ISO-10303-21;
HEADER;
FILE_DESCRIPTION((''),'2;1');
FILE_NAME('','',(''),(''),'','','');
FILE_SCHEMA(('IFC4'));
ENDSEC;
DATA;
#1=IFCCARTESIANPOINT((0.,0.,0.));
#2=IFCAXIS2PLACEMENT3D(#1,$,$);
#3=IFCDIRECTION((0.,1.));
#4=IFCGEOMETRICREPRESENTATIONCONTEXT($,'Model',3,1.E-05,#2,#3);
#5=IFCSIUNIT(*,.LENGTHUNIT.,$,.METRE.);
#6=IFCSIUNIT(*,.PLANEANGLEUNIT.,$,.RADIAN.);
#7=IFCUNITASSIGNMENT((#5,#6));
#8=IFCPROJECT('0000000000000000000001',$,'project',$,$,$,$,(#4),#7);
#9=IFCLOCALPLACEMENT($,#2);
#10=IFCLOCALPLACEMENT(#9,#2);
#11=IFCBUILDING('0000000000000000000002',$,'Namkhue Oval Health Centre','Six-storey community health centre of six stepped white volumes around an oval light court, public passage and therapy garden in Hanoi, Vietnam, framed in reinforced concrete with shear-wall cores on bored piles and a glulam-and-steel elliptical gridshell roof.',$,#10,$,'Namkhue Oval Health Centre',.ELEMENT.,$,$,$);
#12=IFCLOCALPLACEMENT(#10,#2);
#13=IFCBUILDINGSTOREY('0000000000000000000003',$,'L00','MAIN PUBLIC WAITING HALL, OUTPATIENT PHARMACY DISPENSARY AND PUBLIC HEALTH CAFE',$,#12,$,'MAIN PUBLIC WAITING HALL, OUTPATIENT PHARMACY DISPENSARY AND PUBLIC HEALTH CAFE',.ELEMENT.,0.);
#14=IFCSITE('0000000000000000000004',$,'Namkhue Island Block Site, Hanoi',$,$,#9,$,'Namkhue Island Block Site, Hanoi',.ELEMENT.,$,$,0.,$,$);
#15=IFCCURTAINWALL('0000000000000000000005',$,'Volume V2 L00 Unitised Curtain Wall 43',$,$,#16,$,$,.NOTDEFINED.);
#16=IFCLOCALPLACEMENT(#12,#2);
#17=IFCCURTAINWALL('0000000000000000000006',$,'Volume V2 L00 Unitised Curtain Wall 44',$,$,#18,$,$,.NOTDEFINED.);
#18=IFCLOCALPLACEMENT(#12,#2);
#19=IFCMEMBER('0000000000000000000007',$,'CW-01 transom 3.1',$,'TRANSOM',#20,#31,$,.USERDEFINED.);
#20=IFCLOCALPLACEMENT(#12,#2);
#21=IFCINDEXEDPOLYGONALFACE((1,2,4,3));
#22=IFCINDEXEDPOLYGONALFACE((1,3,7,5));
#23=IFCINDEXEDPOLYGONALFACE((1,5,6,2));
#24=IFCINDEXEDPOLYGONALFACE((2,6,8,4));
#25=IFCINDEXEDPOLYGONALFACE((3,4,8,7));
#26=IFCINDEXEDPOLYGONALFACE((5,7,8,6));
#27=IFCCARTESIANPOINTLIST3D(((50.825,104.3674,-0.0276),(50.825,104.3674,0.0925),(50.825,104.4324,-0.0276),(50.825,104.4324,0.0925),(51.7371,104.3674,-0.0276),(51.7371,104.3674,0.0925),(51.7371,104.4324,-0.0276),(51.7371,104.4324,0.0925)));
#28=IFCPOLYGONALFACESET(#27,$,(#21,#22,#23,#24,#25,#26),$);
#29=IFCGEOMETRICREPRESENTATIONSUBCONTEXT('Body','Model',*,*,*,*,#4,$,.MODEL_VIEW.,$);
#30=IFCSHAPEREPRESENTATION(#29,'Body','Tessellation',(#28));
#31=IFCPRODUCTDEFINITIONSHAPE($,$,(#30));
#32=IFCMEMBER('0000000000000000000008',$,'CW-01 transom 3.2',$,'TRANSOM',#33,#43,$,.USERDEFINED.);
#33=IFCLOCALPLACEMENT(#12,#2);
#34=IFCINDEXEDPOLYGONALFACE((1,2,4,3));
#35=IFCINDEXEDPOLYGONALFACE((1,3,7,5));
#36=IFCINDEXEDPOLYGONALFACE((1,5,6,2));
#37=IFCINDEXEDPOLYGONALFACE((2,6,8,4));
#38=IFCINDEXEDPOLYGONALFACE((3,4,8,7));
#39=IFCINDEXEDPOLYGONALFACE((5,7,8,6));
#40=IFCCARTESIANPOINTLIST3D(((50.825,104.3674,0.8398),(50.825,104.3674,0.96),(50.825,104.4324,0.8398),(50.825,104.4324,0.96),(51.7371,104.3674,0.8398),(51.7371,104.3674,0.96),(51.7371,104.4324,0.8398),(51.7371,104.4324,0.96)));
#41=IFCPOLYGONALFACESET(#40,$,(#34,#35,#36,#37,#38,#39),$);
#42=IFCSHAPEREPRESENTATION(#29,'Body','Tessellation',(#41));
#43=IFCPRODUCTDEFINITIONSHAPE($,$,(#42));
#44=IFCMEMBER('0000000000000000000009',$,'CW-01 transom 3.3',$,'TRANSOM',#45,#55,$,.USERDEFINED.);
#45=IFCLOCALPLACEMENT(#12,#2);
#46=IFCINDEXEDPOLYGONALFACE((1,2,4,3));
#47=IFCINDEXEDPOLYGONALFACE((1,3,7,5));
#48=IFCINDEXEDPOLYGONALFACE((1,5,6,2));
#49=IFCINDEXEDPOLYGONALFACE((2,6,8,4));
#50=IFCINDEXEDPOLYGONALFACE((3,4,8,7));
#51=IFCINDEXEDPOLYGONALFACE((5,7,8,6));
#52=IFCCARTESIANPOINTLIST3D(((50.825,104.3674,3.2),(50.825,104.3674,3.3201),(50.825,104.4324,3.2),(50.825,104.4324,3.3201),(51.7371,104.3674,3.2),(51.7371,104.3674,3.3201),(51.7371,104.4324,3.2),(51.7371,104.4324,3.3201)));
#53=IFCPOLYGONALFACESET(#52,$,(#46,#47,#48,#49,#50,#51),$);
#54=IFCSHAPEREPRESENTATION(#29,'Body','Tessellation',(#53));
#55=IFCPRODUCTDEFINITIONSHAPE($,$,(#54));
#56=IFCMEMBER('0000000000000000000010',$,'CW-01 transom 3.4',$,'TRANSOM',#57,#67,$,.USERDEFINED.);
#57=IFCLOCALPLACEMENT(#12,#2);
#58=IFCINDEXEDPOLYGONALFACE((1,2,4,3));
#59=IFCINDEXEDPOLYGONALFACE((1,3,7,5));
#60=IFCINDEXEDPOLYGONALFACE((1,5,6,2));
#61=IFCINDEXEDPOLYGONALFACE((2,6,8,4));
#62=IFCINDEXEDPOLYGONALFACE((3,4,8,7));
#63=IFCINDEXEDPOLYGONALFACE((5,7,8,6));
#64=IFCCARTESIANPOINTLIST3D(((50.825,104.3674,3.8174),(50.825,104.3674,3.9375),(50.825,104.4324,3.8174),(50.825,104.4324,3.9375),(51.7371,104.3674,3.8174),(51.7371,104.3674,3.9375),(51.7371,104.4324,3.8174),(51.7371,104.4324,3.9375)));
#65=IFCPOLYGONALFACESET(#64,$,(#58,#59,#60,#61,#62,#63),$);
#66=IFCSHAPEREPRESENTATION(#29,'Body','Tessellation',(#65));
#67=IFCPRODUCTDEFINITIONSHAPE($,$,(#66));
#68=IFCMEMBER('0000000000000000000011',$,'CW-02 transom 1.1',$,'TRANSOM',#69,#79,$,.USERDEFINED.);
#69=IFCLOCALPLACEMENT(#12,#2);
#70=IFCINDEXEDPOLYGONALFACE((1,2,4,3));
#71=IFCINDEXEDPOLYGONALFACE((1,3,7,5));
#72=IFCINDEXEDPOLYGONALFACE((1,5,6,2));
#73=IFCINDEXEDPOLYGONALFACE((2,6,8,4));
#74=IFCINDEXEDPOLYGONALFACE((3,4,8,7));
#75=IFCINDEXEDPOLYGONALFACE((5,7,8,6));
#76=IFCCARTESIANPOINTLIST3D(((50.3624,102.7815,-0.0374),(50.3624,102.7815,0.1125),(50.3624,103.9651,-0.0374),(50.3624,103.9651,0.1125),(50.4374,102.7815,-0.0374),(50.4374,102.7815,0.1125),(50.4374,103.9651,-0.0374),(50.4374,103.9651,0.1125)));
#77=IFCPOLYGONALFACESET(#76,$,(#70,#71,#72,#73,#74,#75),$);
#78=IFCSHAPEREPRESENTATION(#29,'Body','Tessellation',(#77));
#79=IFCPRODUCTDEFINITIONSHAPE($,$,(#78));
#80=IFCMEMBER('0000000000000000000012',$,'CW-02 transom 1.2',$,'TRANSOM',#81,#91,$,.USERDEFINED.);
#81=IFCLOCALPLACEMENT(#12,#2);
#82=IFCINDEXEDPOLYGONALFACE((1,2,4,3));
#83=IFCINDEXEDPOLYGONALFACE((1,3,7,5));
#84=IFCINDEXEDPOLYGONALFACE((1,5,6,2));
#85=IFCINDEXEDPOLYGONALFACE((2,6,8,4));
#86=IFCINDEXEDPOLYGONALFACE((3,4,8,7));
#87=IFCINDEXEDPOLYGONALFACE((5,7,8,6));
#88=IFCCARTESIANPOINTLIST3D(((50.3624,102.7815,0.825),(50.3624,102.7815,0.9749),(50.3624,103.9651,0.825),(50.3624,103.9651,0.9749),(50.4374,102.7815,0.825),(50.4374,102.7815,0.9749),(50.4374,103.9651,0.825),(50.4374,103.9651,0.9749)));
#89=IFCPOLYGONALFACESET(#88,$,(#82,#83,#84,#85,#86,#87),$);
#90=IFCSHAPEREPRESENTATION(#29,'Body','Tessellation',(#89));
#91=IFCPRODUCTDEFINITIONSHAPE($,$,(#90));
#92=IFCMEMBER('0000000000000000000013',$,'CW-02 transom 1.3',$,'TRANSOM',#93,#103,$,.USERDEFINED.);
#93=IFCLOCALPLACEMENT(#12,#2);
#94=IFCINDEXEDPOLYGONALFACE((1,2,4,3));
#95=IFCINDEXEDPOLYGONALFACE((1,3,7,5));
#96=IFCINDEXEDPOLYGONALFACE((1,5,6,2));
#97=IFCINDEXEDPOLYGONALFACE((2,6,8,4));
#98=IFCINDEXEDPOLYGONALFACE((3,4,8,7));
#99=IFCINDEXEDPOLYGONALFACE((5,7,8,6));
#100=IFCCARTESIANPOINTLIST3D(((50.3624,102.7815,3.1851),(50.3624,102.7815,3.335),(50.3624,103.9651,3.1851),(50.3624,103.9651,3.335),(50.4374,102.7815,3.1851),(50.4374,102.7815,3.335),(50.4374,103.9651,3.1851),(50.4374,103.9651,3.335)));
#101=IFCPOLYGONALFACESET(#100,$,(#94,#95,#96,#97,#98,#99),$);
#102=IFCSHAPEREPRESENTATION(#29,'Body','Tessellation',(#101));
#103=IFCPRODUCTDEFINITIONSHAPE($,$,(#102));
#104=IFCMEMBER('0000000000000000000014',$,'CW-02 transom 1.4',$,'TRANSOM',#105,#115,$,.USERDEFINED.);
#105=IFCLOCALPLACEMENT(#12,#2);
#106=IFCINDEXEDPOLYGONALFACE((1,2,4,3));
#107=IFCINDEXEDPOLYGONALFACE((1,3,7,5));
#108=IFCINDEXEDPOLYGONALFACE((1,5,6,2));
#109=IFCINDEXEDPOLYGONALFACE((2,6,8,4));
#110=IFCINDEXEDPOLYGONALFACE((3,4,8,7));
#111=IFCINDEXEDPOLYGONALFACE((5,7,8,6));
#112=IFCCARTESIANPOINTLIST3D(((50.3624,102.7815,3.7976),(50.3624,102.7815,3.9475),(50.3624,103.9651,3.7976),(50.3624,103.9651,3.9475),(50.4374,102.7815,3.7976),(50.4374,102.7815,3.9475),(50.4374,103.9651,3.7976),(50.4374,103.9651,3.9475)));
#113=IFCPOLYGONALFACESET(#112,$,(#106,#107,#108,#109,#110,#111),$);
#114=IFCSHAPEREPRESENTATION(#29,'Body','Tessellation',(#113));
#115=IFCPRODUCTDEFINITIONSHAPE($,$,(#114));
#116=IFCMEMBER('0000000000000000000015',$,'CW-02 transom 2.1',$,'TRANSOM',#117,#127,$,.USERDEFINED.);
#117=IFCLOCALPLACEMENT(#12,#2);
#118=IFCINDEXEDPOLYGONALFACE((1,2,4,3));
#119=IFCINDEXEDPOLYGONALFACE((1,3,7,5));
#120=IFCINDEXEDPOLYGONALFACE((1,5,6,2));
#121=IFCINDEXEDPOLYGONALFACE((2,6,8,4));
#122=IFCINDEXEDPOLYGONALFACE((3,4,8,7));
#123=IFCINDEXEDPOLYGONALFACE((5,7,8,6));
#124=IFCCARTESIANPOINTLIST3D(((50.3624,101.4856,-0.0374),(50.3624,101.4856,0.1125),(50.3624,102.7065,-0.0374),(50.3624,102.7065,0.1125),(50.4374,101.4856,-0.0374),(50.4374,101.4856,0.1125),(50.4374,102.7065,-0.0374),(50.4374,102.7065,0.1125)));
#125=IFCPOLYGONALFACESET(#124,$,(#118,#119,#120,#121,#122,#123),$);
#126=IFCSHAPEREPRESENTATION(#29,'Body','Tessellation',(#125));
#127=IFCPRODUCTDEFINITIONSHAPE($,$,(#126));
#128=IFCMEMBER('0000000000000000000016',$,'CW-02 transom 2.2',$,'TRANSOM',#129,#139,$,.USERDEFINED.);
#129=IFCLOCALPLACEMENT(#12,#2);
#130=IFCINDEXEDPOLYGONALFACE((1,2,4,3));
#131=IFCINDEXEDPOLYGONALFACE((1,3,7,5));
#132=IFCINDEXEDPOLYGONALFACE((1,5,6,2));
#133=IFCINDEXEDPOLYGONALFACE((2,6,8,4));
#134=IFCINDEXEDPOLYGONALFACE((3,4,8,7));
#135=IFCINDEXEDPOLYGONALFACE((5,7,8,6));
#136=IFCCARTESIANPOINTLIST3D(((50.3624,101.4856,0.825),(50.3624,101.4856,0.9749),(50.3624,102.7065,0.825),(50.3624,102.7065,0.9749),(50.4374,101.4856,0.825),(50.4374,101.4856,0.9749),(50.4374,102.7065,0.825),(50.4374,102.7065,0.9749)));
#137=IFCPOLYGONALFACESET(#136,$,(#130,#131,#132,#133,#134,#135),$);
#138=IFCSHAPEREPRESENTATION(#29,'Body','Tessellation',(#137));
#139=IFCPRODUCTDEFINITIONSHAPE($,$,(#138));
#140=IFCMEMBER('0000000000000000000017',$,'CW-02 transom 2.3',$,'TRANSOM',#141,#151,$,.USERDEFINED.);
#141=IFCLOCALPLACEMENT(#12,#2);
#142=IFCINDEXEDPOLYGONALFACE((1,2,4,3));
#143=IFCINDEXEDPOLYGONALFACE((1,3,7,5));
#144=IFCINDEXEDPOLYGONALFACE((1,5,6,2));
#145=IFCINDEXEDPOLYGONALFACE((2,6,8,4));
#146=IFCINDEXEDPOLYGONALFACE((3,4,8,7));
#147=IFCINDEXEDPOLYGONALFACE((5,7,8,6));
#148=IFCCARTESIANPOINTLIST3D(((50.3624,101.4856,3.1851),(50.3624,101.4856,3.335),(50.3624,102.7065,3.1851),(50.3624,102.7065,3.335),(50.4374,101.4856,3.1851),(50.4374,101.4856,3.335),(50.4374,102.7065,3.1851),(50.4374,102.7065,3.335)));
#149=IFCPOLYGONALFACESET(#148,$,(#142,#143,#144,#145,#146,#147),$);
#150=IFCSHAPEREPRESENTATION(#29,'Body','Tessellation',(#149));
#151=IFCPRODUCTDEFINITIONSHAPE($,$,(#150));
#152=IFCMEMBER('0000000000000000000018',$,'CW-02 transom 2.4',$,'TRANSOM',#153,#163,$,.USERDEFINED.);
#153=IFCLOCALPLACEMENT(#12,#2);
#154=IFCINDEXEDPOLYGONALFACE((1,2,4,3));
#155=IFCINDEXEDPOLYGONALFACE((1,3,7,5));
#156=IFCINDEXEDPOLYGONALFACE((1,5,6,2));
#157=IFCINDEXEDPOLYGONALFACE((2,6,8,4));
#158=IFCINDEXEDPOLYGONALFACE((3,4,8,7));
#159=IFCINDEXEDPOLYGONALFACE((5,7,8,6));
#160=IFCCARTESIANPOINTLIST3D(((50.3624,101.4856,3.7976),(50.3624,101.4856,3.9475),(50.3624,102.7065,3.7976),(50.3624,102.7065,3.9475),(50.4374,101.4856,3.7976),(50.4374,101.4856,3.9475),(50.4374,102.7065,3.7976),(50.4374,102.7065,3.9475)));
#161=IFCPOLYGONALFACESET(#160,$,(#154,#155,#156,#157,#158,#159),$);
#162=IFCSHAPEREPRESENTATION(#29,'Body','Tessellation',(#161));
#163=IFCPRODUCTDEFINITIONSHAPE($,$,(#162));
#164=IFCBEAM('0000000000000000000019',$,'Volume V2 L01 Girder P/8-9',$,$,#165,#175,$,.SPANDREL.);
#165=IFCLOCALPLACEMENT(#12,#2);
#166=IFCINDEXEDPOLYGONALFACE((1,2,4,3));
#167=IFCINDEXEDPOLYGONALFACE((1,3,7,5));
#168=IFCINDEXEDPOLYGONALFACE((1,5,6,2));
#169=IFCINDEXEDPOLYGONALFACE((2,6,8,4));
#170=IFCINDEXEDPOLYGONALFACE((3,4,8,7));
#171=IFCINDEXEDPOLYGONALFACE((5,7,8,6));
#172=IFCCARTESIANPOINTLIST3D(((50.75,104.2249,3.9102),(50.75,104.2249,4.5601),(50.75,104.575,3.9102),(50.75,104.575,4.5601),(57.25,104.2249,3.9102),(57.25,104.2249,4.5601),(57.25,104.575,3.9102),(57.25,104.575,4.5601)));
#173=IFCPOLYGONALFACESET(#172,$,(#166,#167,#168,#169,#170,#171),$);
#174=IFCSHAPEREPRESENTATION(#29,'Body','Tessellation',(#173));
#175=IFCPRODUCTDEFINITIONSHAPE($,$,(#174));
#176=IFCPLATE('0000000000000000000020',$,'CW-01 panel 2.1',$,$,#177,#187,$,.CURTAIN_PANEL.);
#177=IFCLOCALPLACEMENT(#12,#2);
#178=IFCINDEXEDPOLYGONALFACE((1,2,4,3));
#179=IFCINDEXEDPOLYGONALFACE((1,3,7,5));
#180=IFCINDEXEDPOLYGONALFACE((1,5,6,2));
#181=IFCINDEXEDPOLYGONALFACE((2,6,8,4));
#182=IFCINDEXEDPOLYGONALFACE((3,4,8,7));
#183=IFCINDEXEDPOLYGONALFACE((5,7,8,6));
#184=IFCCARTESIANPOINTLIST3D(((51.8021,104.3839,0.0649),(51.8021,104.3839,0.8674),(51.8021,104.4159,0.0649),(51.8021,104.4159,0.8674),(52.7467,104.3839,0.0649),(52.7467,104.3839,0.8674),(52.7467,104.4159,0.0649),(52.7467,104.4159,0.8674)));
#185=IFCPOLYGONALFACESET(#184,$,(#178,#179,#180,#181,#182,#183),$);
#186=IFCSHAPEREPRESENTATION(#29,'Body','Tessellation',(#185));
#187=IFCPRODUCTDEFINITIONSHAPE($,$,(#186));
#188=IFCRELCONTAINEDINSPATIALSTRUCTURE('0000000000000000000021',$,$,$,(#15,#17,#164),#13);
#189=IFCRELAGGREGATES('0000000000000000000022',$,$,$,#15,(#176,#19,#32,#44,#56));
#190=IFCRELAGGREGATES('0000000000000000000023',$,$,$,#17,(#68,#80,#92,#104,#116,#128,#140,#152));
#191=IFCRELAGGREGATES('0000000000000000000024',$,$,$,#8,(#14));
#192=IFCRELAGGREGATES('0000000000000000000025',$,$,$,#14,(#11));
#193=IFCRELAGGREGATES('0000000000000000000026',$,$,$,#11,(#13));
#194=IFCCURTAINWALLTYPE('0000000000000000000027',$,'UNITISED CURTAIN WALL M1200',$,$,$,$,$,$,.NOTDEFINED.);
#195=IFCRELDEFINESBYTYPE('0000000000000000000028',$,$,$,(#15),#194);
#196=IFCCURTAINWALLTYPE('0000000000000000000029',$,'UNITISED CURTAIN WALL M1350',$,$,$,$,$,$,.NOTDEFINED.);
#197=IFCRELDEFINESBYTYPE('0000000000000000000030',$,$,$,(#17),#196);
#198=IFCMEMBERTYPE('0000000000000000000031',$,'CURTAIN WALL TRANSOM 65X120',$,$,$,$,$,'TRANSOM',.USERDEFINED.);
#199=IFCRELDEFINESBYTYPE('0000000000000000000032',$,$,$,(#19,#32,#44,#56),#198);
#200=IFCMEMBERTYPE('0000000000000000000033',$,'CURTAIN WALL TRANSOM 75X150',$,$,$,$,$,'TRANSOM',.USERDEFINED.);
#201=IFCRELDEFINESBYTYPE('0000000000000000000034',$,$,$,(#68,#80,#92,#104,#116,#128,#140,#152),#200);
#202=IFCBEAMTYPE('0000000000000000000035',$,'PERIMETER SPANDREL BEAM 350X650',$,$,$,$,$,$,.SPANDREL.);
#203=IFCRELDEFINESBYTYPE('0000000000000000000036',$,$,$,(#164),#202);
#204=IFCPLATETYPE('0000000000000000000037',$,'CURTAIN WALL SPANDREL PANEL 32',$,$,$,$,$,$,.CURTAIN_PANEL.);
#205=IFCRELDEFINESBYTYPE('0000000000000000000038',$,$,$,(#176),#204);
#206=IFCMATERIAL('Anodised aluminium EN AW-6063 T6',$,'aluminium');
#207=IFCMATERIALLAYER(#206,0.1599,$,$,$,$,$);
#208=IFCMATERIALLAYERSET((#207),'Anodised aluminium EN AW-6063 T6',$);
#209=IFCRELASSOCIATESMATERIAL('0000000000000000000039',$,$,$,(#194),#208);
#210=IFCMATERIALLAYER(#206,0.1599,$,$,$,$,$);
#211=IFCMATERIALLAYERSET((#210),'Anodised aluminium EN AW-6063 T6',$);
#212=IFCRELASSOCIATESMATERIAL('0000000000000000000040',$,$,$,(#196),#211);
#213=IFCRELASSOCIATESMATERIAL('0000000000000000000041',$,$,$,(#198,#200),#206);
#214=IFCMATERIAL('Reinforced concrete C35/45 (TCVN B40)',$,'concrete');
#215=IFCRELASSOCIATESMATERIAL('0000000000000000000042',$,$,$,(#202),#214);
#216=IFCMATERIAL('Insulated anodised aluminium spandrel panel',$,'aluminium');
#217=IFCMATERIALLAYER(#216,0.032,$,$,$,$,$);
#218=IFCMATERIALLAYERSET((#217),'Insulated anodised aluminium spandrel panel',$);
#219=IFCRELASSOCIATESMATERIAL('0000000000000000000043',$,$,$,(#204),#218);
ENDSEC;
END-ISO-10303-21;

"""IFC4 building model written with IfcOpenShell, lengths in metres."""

from ifc_helpers import new_model, si_unit, direction, frame, origin, origin_2d, place, context, subcontext, project, spatial, rectangle, extrude, material, layer, layer_set, material_profile, profile_set, type_object, element, aggregate, save


model = new_model("IFC4")

# Units and contexts
model_context = context("Model", 3, precision=1e-05, world=origin(), true_north=direction((0.0, 1.0)))
body_context = subcontext(model_context, "Body", "Model", "MODEL_VIEW")
ifc_project = project(units=[si_unit("LENGTHUNIT", "METRE"), si_unit("PLANEANGLEUNIT", "RADIAN")], contexts=[model_context])

# Site, building, storey
site_placement = place(None, origin())
site = spatial("IfcSite", under=ifc_project, at=site_placement, Name="Namkhue Island Block Site, Hanoi", LongName="Namkhue Island Block Site, Hanoi", CompositionType="ELEMENT", RefElevation=0.0)
building_placement = place(site_placement, origin())
building = spatial("IfcBuilding", under=site, at=building_placement, Name="Namkhue Oval Health Centre", Description="Six-storey community health centre of six stepped white volumes around an oval light court, public passage and therapy garden in Hanoi, Vietnam, framed in reinforced concrete with shear-wall cores on bored piles and a glulam-and-steel elliptical gridshell roof.", LongName="Namkhue Oval Health Centre", CompositionType="ELEMENT")
storey_placement = place(building_placement, origin())
storey = spatial("IfcBuildingStorey", under=building, at=storey_placement, Name="L00", Description="MAIN PUBLIC WAITING HALL, OUTPATIENT PHARMACY DISPENSARY AND PUBLIC HEALTH CAFE", LongName="MAIN PUBLIC WAITING HALL, OUTPATIENT PHARMACY DISPENSARY AND PUBLIC HEALTH CAFE", CompositionType="ELEMENT", Elevation=0.0)

# Shared definitions
ifc_material_1 = material(Name="Reinforced concrete C35/45 (TCVN B40)", Category="concrete")

# Curtain walls
ifc_material_2 = material(Name="Anodised aluminium EN AW-6063 T6", Category="aluminium")
ifc_layer_1 = layer(ifc_material_2, 0.1599)
ifc_layer_set_1 = layer_set([ifc_layer_1], Name="Anodised aluminium EN AW-6063 T6")
curtain_wall_type_1 = type_object("IfcCurtainWallType", Name="UNITISED CURTAIN WALL M1200", PredefinedType="NOTDEFINED", material=ifc_layer_set_1)
curtain_wall_1_placement = place(storey_placement, origin())
curtain_wall_1 = element("IfcCurtainWall", 1, at=curtain_wall_1_placement, inside=storey, type_object=curtain_wall_type_1, Name="Volume V2 L00 Unitised Curtain Wall 43", PredefinedType="NOTDEFINED")
ifc_layer_2 = layer(ifc_material_2, 0.1599)
ifc_layer_set_2 = layer_set([ifc_layer_2], Name="Anodised aluminium EN AW-6063 T6")
curtain_wall_type_2 = type_object("IfcCurtainWallType", Name="UNITISED CURTAIN WALL M1350", PredefinedType="NOTDEFINED", material=ifc_layer_set_2)
curtain_wall_2_placement = place(storey_placement, origin())
curtain_wall_2 = element("IfcCurtainWall", 2, at=curtain_wall_2_placement, inside=storey, type_object=curtain_wall_type_2, Name="Volume V2 L00 Unitised Curtain Wall 44", PredefinedType="NOTDEFINED")

# Members
ifc_material_profile_1 = material_profile(ifc_material_2, rectangle(XDim=0.0649, YDim=0.1201, at=origin_2d()), Name="ALU 65x120")
ifc_profile_set_1 = profile_set([ifc_material_profile_1], Name="Anodised aluminium EN AW-6063 T6")
member_type_1 = type_object("IfcMemberType", Name="CURTAIN WALL TRANSOM 65X120", ElementType="TRANSOM", PredefinedType="USERDEFINED", material=ifc_profile_set_1)
member_1_placement = place(storey_placement, frame((51.7371, 104.3999, 0.0325), z_axis=(-1.0, 0.0, 0.0), x_axis=(0.0, -1.0, 0.0)))
member_1 = element("IfcMember", 3, at=member_1_placement, type_object=member_type_1, Name="CW-01 transom 3.1", ObjectType="TRANSOM", PredefinedType="USERDEFINED", context=body_context, shape_type="SweptSolid", body=[
    extrude(rectangle(XDim=0.0649, YDim=0.1201, at=origin_2d()), origin(), (0.0, 0.0, 1.0), 0.9121),
])
member_2_placement = place(storey_placement, frame((51.7371, 104.3999, 0.8999), z_axis=(-1.0, 0.0, 0.0), x_axis=(0.0, -1.0, 0.0)))
member_2 = element("IfcMember", 4, at=member_2_placement, type_object=member_type_1, Name="CW-01 transom 3.2", ObjectType="TRANSOM", PredefinedType="USERDEFINED", context=body_context, shape_type="SweptSolid", body=[
    extrude(rectangle(XDim=0.0649, YDim=0.1201, at=origin_2d()), origin(), (0.0, 0.0, 1.0), 0.9121),
])
member_3_placement = place(storey_placement, frame((51.7371, 104.3999, 3.26), z_axis=(-1.0, 0.0, 0.0), x_axis=(0.0, -1.0, 0.0)))
member_3 = element("IfcMember", 5, at=member_3_placement, type_object=member_type_1, Name="CW-01 transom 3.3", ObjectType="TRANSOM", PredefinedType="USERDEFINED", context=body_context, shape_type="SweptSolid", body=[
    extrude(rectangle(XDim=0.0649, YDim=0.1201, at=origin_2d()), origin(), (0.0, 0.0, 1.0), 0.9121),
])
member_4_placement = place(storey_placement, frame((51.7371, 104.3999, 3.8774), z_axis=(-1.0, 0.0, 0.0), x_axis=(0.0, -1.0, 0.0)))
member_4 = element("IfcMember", 6, at=member_4_placement, type_object=member_type_1, Name="CW-01 transom 3.4", ObjectType="TRANSOM", PredefinedType="USERDEFINED", context=body_context, shape_type="SweptSolid", body=[
    extrude(rectangle(XDim=0.0649, YDim=0.1201, at=origin_2d()), origin(), (0.0, 0.0, 1.0), 0.9121),
])
ifc_material_profile_2 = material_profile(ifc_material_2, rectangle(XDim=0.075, YDim=0.1499, at=origin_2d()), Name="ALU 75x150")
ifc_profile_set_2 = profile_set([ifc_material_profile_2], Name="Anodised aluminium EN AW-6063 T6")
member_type_2 = type_object("IfcMemberType", Name="CURTAIN WALL TRANSOM 75X150", ElementType="TRANSOM", PredefinedType="USERDEFINED", material=ifc_profile_set_2)
member_5_placement = place(storey_placement, frame((50.3999, 103.9651, 0.0376), z_axis=(0.0, -1.0, 0.0), x_axis=(1.0, 0.0, 0.0)))
member_5 = element("IfcMember", 7, at=member_5_placement, type_object=member_type_2, Name="CW-02 transom 1.1", ObjectType="TRANSOM", PredefinedType="USERDEFINED", context=body_context, shape_type="SweptSolid", body=[
    extrude(rectangle(XDim=0.075, YDim=0.1499, at=origin_2d()), origin(), (0.0, 0.0, 1.0), 1.1836),
])
member_6_placement = place(storey_placement, frame((50.3999, 103.9651, 0.8999), z_axis=(0.0, -1.0, 0.0), x_axis=(1.0, 0.0, 0.0)))
member_6 = element("IfcMember", 8, at=member_6_placement, type_object=member_type_2, Name="CW-02 transom 1.2", ObjectType="TRANSOM", PredefinedType="USERDEFINED", context=body_context, shape_type="SweptSolid", body=[
    extrude(rectangle(XDim=0.075, YDim=0.1499, at=origin_2d()), origin(), (0.0, 0.0, 1.0), 1.1836),
])
member_7_placement = place(storey_placement, frame((50.3999, 103.9651, 3.26), z_axis=(0.0, -1.0, 0.0), x_axis=(1.0, 0.0, 0.0)))
member_7 = element("IfcMember", 9, at=member_7_placement, type_object=member_type_2, Name="CW-02 transom 1.3", ObjectType="TRANSOM", PredefinedType="USERDEFINED", context=body_context, shape_type="SweptSolid", body=[
    extrude(rectangle(XDim=0.075, YDim=0.1499, at=origin_2d()), origin(), (0.0, 0.0, 1.0), 1.1836),
])
member_8_placement = place(storey_placement, frame((50.3999, 103.9651, 3.8726), z_axis=(0.0, -1.0, 0.0), x_axis=(1.0, 0.0, 0.0)))
member_8 = element("IfcMember", 10, at=member_8_placement, type_object=member_type_2, Name="CW-02 transom 1.4", ObjectType="TRANSOM", PredefinedType="USERDEFINED", context=body_context, shape_type="SweptSolid", body=[
    extrude(rectangle(XDim=0.075, YDim=0.1499, at=origin_2d()), origin(), (0.0, 0.0, 1.0), 1.1836),
])
member_9_placement = place(storey_placement, frame((50.3999, 102.7065, 0.0376), z_axis=(0.0, -1.0, 0.0), x_axis=(1.0, 0.0, 0.0)))
member_9 = element("IfcMember", 11, at=member_9_placement, type_object=member_type_2, Name="CW-02 transom 2.1", ObjectType="TRANSOM", PredefinedType="USERDEFINED", context=body_context, shape_type="SweptSolid", body=[
    extrude(rectangle(XDim=0.075, YDim=0.1499, at=origin_2d()), origin(), (0.0, 0.0, 1.0), 1.2209),
])
member_10_placement = place(storey_placement, frame((50.3999, 102.7065, 0.8999), z_axis=(0.0, -1.0, 0.0), x_axis=(1.0, 0.0, 0.0)))
member_10 = element("IfcMember", 12, at=member_10_placement, type_object=member_type_2, Name="CW-02 transom 2.2", ObjectType="TRANSOM", PredefinedType="USERDEFINED", context=body_context, shape_type="SweptSolid", body=[
    extrude(rectangle(XDim=0.075, YDim=0.1499, at=origin_2d()), origin(), (0.0, 0.0, 1.0), 1.2209),
])
member_11_placement = place(storey_placement, frame((50.3999, 102.7065, 3.26), z_axis=(0.0, -1.0, 0.0), x_axis=(1.0, 0.0, 0.0)))
member_11 = element("IfcMember", 13, at=member_11_placement, type_object=member_type_2, Name="CW-02 transom 2.3", ObjectType="TRANSOM", PredefinedType="USERDEFINED", context=body_context, shape_type="SweptSolid", body=[
    extrude(rectangle(XDim=0.075, YDim=0.1499, at=origin_2d()), origin(), (0.0, 0.0, 1.0), 1.2209),
])
member_12_placement = place(storey_placement, frame((50.3999, 102.7065, 3.8726), z_axis=(0.0, -1.0, 0.0), x_axis=(1.0, 0.0, 0.0)))
member_12 = element("IfcMember", 14, at=member_12_placement, type_object=member_type_2, Name="CW-02 transom 2.4", ObjectType="TRANSOM", PredefinedType="USERDEFINED", context=body_context, shape_type="SweptSolid", body=[
    extrude(rectangle(XDim=0.075, YDim=0.1499, at=origin_2d()), origin(), (0.0, 0.0, 1.0), 1.2209),
])

# Beam
ifc_material_profile_3 = material_profile(ifc_material_1, rectangle(XDim=0.3501, YDim=0.6499, at=origin_2d()), Name="RC 350x650")
ifc_profile_set_3 = profile_set([ifc_material_profile_3], Name="Reinforced concrete C35/45 (TCVN B40)")
beam_type = type_object("IfcBeamType", Name="PERIMETER SPANDREL BEAM 350X650", PredefinedType="SPANDREL", material=ifc_profile_set_3)
beam_placement = place(storey_placement, frame((50.75, 104.3999, 4.2351), z_axis=(1.0, 0.0, 0.0), x_axis=(0.0, 1.0, 0.0)))
element("IfcBeam", 15, at=beam_placement, inside=storey, type_object=beam_type, Name="Volume V2 L01 Girder P/8-9", PredefinedType="SPANDREL", context=body_context, shape_type="SweptSolid", body=[
    extrude(rectangle(XDim=0.3501, YDim=0.6499, at=origin_2d()), origin(), (0.0, 0.0, 1.0), 6.5),
])

# Plate
ifc_material_3 = material(Name="Insulated anodised aluminium spandrel panel", Category="aluminium")
ifc_layer_3 = layer(ifc_material_3, 0.032)
ifc_layer_set_3 = layer_set([ifc_layer_3], Name="Insulated anodised aluminium spandrel panel")
plate_type_1 = type_object("IfcPlateType", Name="CURTAIN WALL SPANDREL PANEL 32", PredefinedType="CURTAIN_PANEL", material=ifc_layer_set_3)
plate_1_placement = place(storey_placement, frame((52.2744, 104.3999, 0.0649), z_axis=(0.0, 0.0, 1.0), x_axis=(-1.0, 0.0, 0.0)))
plate_1 = element("IfcPlate", 16, at=plate_1_placement, type_object=plate_type_1, Name="CW-01 panel 2.1", PredefinedType="CURTAIN_PANEL", context=body_context, shape_type="SweptSolid", body=[
    extrude(rectangle(XDim=0.9446, YDim=0.032, at=origin_2d()), origin(), (0.0, 0.0, 1.0), 0.8025),
])
aggregate(curtain_wall_1, [plate_1, member_1, member_2, member_3, member_4])
aggregate(curtain_wall_2, [member_5, member_6, member_7, member_8, member_9, member_10, member_11, member_12])

save(model, "model.ifc")
